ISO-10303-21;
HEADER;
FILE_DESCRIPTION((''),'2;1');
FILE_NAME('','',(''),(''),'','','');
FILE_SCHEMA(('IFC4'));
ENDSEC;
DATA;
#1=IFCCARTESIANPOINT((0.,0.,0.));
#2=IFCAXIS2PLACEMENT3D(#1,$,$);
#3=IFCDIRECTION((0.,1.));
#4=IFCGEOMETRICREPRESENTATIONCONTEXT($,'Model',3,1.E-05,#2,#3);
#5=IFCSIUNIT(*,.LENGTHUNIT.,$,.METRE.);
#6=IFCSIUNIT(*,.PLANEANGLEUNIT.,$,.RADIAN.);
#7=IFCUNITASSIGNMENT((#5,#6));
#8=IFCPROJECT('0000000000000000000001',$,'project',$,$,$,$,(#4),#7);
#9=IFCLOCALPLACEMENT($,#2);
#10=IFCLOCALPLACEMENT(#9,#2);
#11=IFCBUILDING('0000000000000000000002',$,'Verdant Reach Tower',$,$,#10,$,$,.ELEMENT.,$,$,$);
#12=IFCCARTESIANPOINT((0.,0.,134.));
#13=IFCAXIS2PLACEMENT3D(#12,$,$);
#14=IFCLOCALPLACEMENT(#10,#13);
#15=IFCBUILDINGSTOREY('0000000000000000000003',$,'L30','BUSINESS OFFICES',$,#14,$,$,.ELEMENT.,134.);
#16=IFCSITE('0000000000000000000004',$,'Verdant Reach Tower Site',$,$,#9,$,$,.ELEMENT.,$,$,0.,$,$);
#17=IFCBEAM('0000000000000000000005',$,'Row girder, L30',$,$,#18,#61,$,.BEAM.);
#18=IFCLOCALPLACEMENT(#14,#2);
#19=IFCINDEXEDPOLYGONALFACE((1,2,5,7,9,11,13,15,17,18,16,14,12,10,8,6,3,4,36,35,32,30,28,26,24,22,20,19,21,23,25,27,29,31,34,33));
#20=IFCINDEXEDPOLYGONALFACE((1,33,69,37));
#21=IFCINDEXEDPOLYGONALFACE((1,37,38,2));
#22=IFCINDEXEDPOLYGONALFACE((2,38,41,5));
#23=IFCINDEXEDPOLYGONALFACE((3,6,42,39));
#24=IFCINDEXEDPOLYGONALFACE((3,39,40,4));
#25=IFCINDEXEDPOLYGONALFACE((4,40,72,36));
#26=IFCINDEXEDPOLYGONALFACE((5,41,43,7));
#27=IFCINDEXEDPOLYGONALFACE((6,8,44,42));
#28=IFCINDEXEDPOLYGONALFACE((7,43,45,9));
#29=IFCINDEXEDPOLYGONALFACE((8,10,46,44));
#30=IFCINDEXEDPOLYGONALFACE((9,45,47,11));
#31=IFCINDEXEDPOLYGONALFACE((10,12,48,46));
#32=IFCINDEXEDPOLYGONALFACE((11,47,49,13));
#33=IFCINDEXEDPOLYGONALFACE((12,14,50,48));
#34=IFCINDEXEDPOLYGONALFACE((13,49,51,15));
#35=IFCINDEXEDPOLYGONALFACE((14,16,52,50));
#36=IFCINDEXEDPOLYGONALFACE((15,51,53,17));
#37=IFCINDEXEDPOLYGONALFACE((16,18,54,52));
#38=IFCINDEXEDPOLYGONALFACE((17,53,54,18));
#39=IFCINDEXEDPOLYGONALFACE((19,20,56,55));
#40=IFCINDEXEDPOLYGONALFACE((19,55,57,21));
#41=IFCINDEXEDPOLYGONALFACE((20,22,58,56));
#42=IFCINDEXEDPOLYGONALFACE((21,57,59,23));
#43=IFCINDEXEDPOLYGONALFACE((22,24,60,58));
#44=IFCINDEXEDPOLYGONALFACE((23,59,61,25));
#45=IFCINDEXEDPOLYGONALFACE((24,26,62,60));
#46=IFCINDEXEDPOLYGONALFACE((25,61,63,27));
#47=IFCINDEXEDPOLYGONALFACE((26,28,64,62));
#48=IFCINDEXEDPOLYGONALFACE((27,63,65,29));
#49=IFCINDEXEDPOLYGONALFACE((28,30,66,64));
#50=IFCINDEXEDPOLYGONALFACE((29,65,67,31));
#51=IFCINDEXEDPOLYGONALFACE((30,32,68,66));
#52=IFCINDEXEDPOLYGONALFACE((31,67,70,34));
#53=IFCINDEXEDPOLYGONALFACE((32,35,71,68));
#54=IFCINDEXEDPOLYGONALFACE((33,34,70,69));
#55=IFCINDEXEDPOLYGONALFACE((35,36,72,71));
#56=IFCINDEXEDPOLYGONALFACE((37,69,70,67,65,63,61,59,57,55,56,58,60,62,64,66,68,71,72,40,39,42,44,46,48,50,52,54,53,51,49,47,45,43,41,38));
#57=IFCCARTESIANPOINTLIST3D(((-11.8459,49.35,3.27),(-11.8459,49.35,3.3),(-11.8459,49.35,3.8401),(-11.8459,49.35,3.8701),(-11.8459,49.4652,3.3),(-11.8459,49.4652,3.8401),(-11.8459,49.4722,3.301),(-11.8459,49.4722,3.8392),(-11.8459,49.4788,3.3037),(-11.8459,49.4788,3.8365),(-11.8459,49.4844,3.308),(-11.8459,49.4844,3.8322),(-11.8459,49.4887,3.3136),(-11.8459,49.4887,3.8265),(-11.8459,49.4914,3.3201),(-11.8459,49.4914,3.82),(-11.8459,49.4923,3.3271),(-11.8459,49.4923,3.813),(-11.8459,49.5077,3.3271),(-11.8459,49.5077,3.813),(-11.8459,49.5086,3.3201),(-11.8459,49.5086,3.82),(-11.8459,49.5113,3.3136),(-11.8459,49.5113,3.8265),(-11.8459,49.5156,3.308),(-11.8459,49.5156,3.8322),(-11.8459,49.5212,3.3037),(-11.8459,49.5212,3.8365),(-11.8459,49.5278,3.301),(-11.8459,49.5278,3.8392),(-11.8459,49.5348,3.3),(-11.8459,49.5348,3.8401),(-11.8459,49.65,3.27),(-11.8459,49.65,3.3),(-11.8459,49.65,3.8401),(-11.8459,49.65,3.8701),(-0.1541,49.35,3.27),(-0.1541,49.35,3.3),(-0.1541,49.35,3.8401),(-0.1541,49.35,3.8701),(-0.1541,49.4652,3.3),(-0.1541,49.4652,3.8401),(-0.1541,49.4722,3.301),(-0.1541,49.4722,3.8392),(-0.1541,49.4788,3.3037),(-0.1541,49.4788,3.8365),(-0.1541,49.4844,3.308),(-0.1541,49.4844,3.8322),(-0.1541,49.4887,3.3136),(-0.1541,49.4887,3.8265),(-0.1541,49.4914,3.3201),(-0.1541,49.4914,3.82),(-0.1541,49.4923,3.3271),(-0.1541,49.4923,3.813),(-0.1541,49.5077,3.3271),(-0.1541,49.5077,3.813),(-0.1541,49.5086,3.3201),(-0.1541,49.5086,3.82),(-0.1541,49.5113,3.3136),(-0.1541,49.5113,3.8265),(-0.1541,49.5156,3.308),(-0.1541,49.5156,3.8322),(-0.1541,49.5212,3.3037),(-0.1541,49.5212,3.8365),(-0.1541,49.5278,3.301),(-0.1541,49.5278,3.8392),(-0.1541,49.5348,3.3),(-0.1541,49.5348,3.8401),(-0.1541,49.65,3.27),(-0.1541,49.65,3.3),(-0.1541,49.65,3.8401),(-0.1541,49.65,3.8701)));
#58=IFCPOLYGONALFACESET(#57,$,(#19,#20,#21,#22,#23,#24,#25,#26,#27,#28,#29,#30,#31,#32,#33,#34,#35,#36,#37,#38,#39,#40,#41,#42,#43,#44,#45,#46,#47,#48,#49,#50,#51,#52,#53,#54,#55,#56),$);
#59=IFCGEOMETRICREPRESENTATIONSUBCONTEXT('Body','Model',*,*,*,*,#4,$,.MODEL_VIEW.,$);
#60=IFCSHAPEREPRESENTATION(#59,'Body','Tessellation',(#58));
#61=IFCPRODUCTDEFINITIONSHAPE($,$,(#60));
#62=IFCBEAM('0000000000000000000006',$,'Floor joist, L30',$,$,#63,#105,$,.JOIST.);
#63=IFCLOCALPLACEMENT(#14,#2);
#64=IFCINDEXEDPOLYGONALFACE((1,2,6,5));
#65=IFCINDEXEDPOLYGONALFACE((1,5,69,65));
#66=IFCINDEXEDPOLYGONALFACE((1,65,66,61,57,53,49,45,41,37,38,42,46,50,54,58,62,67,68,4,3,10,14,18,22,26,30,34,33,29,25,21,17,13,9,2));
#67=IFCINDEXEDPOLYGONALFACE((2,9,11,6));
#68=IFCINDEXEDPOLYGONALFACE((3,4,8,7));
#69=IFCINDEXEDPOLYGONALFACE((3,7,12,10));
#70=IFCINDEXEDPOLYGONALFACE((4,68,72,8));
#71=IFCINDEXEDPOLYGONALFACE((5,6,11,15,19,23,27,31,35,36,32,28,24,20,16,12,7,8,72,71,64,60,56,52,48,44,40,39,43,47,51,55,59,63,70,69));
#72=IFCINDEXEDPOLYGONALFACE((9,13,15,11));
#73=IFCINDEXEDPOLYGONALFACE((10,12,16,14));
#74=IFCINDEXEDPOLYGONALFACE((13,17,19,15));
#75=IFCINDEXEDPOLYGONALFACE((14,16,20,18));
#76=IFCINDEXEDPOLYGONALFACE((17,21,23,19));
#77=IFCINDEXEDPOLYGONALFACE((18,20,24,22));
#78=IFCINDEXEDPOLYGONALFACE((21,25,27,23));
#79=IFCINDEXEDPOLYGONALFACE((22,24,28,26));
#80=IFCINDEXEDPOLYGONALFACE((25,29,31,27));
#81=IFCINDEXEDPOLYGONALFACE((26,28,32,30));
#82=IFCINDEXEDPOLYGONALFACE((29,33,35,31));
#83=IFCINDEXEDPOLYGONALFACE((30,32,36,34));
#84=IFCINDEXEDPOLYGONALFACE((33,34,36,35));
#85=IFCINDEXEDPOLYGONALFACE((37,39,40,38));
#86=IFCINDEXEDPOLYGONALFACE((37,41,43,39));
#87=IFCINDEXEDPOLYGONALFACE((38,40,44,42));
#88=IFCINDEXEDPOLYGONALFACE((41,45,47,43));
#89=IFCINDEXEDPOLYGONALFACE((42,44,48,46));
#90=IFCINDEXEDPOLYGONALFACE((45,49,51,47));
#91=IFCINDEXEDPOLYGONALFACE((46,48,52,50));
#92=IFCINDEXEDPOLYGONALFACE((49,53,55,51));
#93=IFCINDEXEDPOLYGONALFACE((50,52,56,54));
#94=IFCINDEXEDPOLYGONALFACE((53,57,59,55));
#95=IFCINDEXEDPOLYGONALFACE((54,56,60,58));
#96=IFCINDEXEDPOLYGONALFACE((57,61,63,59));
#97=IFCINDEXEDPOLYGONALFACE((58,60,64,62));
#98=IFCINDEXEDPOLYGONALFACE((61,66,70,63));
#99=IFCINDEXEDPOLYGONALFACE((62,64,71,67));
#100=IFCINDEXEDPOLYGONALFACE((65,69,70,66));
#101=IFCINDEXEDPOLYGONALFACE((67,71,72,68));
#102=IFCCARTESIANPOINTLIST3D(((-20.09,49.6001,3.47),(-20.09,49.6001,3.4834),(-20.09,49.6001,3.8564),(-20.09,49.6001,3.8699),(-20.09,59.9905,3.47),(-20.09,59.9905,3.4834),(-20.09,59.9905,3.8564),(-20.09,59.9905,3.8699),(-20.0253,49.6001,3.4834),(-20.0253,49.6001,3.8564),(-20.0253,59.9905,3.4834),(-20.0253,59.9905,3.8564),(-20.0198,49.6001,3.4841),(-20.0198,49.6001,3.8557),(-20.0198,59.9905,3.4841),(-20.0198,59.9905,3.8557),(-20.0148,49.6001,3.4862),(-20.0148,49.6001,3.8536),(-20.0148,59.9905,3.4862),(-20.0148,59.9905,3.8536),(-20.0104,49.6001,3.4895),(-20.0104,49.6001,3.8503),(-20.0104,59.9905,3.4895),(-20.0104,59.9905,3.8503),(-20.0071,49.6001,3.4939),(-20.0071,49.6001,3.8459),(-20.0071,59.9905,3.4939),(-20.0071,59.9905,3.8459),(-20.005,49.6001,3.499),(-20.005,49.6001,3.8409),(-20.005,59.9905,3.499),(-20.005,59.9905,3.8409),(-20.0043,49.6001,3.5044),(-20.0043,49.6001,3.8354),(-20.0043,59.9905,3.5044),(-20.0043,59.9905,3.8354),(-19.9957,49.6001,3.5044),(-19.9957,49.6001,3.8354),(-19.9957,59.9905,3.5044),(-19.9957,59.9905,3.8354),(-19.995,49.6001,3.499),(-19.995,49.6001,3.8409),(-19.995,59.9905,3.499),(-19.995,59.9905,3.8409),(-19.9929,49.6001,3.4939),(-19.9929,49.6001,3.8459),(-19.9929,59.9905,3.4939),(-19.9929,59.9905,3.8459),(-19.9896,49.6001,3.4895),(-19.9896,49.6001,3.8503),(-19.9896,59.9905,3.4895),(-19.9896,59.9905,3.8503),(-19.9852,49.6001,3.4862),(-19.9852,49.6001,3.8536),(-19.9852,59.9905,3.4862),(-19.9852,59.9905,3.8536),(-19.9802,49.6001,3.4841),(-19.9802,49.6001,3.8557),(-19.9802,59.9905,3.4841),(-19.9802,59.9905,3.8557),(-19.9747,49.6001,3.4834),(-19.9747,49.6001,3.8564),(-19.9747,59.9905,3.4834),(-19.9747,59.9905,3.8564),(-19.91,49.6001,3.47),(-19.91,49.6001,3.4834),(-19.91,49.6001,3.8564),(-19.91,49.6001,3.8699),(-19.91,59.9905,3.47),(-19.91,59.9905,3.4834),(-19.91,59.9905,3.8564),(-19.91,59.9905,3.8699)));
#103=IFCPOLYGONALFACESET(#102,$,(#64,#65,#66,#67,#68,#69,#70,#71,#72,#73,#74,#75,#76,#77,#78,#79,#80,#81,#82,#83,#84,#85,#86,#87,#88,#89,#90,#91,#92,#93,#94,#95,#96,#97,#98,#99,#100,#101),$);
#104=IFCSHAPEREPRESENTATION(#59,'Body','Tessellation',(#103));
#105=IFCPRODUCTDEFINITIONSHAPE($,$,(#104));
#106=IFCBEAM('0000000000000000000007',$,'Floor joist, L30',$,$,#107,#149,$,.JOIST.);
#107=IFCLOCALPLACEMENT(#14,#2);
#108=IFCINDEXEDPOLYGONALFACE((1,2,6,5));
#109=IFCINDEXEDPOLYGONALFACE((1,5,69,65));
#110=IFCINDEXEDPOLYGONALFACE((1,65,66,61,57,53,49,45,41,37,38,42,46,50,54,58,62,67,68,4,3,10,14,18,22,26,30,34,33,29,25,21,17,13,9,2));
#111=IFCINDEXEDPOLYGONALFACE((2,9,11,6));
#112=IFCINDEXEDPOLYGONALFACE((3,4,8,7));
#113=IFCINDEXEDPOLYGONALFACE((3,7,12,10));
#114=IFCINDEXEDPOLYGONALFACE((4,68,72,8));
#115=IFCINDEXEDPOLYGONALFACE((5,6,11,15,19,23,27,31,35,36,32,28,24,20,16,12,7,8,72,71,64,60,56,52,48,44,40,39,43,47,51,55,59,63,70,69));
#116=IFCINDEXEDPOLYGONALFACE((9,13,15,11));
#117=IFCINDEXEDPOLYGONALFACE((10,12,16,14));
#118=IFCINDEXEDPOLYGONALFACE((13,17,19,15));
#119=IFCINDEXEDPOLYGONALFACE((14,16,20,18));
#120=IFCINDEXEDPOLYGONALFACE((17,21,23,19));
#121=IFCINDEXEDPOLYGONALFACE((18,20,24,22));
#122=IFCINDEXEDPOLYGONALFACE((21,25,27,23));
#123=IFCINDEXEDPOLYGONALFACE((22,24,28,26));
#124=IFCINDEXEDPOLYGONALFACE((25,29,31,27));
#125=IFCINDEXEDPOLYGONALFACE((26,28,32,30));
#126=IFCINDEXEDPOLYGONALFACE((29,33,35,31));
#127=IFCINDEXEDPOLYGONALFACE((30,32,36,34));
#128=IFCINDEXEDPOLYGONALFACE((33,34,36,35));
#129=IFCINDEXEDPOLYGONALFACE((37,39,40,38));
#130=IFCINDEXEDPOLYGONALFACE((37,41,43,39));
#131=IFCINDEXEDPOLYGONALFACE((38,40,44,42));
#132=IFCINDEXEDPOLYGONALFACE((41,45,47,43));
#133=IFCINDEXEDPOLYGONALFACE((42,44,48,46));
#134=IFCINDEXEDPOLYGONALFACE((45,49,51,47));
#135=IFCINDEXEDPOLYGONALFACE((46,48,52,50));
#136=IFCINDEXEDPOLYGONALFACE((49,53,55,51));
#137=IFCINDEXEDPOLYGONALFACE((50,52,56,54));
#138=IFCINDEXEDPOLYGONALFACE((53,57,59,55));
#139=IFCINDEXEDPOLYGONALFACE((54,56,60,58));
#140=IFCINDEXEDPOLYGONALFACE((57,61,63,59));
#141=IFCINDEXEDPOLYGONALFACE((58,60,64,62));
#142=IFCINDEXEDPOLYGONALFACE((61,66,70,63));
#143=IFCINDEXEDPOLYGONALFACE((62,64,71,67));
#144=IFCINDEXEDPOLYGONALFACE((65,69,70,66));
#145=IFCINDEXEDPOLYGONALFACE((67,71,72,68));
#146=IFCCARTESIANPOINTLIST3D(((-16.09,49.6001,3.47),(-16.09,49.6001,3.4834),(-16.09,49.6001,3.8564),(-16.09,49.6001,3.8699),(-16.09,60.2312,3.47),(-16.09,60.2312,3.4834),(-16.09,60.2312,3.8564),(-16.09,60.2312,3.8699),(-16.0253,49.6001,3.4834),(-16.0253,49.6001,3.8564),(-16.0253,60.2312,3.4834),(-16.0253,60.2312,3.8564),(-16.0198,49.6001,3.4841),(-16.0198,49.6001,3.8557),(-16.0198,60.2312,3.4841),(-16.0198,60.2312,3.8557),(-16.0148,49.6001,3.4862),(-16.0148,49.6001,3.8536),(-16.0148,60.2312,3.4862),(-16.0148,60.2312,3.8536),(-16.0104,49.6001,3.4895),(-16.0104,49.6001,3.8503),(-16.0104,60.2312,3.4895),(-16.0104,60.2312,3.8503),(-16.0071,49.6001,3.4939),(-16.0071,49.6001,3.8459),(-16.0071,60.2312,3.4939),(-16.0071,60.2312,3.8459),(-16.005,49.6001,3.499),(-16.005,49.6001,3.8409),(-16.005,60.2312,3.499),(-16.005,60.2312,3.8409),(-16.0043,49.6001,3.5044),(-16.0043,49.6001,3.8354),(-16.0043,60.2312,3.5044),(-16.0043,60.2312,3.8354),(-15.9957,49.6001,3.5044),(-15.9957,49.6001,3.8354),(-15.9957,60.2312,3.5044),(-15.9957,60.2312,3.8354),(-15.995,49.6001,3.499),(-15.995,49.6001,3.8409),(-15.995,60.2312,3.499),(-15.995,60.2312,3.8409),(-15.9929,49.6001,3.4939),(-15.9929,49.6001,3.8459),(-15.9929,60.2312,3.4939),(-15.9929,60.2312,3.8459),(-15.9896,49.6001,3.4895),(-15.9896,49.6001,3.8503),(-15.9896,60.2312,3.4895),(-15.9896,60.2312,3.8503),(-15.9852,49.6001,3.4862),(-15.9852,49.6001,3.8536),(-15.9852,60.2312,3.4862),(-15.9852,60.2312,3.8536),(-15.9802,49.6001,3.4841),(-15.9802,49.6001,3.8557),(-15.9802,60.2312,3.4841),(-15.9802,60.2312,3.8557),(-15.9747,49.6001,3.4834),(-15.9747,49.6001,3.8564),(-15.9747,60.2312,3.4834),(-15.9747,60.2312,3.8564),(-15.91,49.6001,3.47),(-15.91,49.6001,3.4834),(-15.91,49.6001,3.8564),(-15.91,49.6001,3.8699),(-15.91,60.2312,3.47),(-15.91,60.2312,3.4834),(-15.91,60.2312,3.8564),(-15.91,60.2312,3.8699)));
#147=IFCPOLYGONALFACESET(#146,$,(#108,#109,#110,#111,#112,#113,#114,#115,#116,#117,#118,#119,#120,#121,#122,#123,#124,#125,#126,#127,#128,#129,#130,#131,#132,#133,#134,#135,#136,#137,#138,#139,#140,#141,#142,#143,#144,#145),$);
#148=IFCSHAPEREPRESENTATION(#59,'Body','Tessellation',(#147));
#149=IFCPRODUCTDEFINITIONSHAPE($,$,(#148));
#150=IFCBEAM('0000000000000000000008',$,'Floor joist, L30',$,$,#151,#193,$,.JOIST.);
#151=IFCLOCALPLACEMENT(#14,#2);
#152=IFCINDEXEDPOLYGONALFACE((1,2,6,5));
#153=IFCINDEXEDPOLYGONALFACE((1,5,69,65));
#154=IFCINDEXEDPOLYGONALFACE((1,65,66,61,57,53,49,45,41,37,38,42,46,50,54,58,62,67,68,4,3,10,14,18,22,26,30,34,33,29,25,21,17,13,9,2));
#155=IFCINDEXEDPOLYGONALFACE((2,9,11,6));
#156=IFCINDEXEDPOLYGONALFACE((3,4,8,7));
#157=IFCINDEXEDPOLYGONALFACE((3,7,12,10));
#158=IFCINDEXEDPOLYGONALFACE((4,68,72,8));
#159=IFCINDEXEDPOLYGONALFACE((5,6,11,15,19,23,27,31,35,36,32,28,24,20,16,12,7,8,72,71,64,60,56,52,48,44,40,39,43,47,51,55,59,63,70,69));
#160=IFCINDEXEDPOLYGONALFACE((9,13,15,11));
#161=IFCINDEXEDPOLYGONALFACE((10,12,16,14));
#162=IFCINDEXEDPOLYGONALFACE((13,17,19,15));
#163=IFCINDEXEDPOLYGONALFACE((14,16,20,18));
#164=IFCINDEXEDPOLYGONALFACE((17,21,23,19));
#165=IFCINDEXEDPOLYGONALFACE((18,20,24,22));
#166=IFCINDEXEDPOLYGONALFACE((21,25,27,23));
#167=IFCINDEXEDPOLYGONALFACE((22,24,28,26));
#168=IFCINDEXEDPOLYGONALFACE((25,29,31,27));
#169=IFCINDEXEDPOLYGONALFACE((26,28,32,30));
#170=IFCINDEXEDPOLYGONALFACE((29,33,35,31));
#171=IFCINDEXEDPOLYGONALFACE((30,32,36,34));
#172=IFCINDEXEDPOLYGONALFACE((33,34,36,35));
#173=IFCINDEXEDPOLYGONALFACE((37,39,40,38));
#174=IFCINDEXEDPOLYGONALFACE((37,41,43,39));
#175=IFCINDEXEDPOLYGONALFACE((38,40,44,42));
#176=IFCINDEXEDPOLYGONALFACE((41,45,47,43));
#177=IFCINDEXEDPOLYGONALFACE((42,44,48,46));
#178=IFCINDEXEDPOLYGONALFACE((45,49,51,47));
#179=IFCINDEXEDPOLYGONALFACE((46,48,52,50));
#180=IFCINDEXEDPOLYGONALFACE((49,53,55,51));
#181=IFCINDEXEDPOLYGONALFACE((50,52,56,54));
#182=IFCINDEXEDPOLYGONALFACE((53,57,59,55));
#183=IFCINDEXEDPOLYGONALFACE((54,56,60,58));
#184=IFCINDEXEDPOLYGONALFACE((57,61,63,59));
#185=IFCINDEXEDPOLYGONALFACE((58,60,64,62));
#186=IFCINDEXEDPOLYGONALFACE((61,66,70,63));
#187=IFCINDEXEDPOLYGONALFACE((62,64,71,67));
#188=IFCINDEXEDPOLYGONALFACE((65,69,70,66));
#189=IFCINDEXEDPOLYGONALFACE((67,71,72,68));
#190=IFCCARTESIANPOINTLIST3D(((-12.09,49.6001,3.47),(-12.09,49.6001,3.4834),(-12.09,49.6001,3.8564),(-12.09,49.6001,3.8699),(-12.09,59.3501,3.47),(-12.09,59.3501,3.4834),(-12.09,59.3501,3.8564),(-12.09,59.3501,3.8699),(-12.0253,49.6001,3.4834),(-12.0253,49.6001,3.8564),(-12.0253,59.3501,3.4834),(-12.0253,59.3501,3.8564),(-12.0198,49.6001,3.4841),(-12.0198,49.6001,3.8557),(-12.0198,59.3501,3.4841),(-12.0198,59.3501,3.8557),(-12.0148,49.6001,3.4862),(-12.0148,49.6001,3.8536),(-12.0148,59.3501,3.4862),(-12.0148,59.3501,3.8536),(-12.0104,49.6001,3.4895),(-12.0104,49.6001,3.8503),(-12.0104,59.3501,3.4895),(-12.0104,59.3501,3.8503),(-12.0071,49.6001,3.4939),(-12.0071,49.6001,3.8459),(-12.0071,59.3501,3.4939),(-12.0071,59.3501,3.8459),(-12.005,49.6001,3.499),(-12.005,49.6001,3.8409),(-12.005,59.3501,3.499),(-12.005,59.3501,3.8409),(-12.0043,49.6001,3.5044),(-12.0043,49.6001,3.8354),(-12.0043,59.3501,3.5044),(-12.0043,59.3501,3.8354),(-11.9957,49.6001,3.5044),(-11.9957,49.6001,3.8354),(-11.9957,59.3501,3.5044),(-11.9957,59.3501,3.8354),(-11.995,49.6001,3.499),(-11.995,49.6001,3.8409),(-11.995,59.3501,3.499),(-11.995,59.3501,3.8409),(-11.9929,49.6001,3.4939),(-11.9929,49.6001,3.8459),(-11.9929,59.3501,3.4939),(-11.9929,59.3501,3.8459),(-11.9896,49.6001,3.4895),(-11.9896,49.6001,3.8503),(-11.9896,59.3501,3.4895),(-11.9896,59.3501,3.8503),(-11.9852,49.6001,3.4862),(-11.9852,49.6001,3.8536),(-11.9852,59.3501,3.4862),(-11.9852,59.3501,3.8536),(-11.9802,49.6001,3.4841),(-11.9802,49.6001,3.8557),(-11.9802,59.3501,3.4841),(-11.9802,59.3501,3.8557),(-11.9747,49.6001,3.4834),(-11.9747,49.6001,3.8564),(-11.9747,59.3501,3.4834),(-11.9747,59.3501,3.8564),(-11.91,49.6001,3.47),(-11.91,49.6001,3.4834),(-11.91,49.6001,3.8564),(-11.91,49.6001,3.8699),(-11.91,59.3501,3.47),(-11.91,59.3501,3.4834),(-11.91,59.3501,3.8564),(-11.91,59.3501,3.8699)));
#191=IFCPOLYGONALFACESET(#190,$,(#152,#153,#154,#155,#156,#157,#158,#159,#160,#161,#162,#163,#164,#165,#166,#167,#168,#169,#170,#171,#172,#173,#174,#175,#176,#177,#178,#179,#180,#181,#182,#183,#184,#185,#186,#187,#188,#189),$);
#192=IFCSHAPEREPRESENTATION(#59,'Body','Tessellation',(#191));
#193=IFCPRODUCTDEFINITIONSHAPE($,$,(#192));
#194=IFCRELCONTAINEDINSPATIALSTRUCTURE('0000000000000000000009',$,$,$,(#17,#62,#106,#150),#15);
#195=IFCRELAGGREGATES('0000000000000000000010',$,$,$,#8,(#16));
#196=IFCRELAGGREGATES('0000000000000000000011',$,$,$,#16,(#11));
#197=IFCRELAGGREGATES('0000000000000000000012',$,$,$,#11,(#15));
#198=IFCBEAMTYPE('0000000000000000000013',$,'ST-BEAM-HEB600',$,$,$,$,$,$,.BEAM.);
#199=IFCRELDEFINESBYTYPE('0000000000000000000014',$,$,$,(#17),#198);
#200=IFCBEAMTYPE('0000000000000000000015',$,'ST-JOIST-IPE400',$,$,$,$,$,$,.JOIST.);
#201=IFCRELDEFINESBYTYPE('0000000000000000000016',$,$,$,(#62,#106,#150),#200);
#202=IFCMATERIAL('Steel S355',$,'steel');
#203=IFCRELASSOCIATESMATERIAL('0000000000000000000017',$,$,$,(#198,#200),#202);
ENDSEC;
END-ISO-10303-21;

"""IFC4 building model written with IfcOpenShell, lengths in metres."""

from ifc_helpers import new_model, si_unit, direction, frame, origin, origin_2d, place, context, subcontext, project, spatial, i_section, extrude, material, material_profile, profile_set, type_object, element, save


model = new_model("IFC4")

# Units and contexts
model_context = context("Model", 3, precision=1e-05, world=origin(), true_north=direction((0.0, 1.0)))
body_context = subcontext(model_context, "Body", "Model", "MODEL_VIEW")
ifc_project = project(units=[si_unit("LENGTHUNIT", "METRE"), si_unit("PLANEANGLEUNIT", "RADIAN")], contexts=[model_context])

# Site, building, storey
site_placement = place(None, origin())
site = spatial("IfcSite", under=ifc_project, at=site_placement, Name="Verdant Reach Tower Site", CompositionType="ELEMENT", RefElevation=0.0)
building_placement = place(site_placement, origin())
building = spatial("IfcBuilding", under=site, at=building_placement, Name="Verdant Reach Tower", CompositionType="ELEMENT")
storey_placement = place(building_placement, frame((0.0, 0.0, 134.0)))
storey = spatial("IfcBuildingStorey", under=building, at=storey_placement, Name="L30", Description="BUSINESS OFFICES", CompositionType="ELEMENT", Elevation=134.0)

# Beams
ifc_material_1 = material(Name="Steel S355", Category="steel")
ifc_material_profile_1 = material_profile(ifc_material_1, i_section(OverallWidth=0.3, OverallDepth=0.6001, WebThickness=0.0154, FlangeThickness=0.03, FilletRadius=0.0271, at=origin_2d()), Name="HEB 600")
ifc_profile_set_1 = profile_set([ifc_material_profile_1], Name="Steel S355")
beam_type_1 = type_object("IfcBeamType", Name="ST-BEAM-HEB600", PredefinedType="BEAM", material=ifc_profile_set_1)
beam_1_placement = place(storey_placement, frame((-11.8459, 49.5, 3.5701), z_axis=(1.0, 0.0, 0.0), x_axis=(0.0, 1.0, 0.0)))
element("IfcBeam", 1, at=beam_1_placement, inside=storey, type_object=beam_type_1, Name="Row girder, L30", PredefinedType="BEAM", context=body_context, shape_type="SweptSolid", body=[
    extrude(i_section(OverallWidth=0.3, OverallDepth=0.6001, WebThickness=0.0154, FlangeThickness=0.03, FilletRadius=0.0271, at=origin_2d()), origin(), (0.0, 0.0, 1.0), 11.6919),
])
ifc_material_profile_2 = material_profile(ifc_material_1, i_section(OverallWidth=0.1799, OverallDepth=0.3999, WebThickness=0.0085, FlangeThickness=0.0134, FilletRadius=0.021, at=origin_2d()), Name="IPE 400")
ifc_profile_set_2 = profile_set([ifc_material_profile_2], Name="Steel S355")
beam_type_2 = type_object("IfcBeamType", Name="ST-JOIST-IPE400", PredefinedType="JOIST", material=ifc_profile_set_2)
beam_2_placement = place(storey_placement, frame((-20.0, 49.6001, 3.6699), z_axis=(0.0, 1.0, 0.0), x_axis=(-1.0, 0.0, 0.0)))
element("IfcBeam", 2, at=beam_2_placement, inside=storey, type_object=beam_type_2, Name="Floor joist, L30", PredefinedType="JOIST", context=body_context, shape_type="SweptSolid", body=[
    extrude(i_section(OverallWidth=0.1799, OverallDepth=0.3999, WebThickness=0.0085, FlangeThickness=0.0134, FilletRadius=0.021, at=origin_2d()), origin(), (0.0, 0.0, 1.0), 10.3904),
])
beam_3_placement = place(storey_placement, frame((-16.0, 49.6001, 3.6699), z_axis=(0.0, 1.0, 0.0), x_axis=(-1.0, 0.0, 0.0)))
element("IfcBeam", 3, at=beam_3_placement, inside=storey, type_object=beam_type_2, Name="Floor joist, L30", PredefinedType="JOIST", context=body_context, shape_type="SweptSolid", body=[
    extrude(i_section(OverallWidth=0.1799, OverallDepth=0.3999, WebThickness=0.0085, FlangeThickness=0.0134, FilletRadius=0.021, at=origin_2d()), origin(), (0.0, 0.0, 1.0), 10.6311),
])
beam_4_placement = place(storey_placement, frame((-12.0, 49.6001, 3.6699), z_axis=(0.0, 1.0, 0.0), x_axis=(-1.0, 0.0, 0.0)))
element("IfcBeam", 4, at=beam_4_placement, inside=storey, type_object=beam_type_2, Name="Floor joist, L30", PredefinedType="JOIST", context=body_context, shape_type="SweptSolid", body=[
    extrude(i_section(OverallWidth=0.1799, OverallDepth=0.3999, WebThickness=0.0085, FlangeThickness=0.0134, FilletRadius=0.021, at=origin_2d()), origin(), (0.0, 0.0, 1.0), 9.75),
])

save(model, "model.ifc")
